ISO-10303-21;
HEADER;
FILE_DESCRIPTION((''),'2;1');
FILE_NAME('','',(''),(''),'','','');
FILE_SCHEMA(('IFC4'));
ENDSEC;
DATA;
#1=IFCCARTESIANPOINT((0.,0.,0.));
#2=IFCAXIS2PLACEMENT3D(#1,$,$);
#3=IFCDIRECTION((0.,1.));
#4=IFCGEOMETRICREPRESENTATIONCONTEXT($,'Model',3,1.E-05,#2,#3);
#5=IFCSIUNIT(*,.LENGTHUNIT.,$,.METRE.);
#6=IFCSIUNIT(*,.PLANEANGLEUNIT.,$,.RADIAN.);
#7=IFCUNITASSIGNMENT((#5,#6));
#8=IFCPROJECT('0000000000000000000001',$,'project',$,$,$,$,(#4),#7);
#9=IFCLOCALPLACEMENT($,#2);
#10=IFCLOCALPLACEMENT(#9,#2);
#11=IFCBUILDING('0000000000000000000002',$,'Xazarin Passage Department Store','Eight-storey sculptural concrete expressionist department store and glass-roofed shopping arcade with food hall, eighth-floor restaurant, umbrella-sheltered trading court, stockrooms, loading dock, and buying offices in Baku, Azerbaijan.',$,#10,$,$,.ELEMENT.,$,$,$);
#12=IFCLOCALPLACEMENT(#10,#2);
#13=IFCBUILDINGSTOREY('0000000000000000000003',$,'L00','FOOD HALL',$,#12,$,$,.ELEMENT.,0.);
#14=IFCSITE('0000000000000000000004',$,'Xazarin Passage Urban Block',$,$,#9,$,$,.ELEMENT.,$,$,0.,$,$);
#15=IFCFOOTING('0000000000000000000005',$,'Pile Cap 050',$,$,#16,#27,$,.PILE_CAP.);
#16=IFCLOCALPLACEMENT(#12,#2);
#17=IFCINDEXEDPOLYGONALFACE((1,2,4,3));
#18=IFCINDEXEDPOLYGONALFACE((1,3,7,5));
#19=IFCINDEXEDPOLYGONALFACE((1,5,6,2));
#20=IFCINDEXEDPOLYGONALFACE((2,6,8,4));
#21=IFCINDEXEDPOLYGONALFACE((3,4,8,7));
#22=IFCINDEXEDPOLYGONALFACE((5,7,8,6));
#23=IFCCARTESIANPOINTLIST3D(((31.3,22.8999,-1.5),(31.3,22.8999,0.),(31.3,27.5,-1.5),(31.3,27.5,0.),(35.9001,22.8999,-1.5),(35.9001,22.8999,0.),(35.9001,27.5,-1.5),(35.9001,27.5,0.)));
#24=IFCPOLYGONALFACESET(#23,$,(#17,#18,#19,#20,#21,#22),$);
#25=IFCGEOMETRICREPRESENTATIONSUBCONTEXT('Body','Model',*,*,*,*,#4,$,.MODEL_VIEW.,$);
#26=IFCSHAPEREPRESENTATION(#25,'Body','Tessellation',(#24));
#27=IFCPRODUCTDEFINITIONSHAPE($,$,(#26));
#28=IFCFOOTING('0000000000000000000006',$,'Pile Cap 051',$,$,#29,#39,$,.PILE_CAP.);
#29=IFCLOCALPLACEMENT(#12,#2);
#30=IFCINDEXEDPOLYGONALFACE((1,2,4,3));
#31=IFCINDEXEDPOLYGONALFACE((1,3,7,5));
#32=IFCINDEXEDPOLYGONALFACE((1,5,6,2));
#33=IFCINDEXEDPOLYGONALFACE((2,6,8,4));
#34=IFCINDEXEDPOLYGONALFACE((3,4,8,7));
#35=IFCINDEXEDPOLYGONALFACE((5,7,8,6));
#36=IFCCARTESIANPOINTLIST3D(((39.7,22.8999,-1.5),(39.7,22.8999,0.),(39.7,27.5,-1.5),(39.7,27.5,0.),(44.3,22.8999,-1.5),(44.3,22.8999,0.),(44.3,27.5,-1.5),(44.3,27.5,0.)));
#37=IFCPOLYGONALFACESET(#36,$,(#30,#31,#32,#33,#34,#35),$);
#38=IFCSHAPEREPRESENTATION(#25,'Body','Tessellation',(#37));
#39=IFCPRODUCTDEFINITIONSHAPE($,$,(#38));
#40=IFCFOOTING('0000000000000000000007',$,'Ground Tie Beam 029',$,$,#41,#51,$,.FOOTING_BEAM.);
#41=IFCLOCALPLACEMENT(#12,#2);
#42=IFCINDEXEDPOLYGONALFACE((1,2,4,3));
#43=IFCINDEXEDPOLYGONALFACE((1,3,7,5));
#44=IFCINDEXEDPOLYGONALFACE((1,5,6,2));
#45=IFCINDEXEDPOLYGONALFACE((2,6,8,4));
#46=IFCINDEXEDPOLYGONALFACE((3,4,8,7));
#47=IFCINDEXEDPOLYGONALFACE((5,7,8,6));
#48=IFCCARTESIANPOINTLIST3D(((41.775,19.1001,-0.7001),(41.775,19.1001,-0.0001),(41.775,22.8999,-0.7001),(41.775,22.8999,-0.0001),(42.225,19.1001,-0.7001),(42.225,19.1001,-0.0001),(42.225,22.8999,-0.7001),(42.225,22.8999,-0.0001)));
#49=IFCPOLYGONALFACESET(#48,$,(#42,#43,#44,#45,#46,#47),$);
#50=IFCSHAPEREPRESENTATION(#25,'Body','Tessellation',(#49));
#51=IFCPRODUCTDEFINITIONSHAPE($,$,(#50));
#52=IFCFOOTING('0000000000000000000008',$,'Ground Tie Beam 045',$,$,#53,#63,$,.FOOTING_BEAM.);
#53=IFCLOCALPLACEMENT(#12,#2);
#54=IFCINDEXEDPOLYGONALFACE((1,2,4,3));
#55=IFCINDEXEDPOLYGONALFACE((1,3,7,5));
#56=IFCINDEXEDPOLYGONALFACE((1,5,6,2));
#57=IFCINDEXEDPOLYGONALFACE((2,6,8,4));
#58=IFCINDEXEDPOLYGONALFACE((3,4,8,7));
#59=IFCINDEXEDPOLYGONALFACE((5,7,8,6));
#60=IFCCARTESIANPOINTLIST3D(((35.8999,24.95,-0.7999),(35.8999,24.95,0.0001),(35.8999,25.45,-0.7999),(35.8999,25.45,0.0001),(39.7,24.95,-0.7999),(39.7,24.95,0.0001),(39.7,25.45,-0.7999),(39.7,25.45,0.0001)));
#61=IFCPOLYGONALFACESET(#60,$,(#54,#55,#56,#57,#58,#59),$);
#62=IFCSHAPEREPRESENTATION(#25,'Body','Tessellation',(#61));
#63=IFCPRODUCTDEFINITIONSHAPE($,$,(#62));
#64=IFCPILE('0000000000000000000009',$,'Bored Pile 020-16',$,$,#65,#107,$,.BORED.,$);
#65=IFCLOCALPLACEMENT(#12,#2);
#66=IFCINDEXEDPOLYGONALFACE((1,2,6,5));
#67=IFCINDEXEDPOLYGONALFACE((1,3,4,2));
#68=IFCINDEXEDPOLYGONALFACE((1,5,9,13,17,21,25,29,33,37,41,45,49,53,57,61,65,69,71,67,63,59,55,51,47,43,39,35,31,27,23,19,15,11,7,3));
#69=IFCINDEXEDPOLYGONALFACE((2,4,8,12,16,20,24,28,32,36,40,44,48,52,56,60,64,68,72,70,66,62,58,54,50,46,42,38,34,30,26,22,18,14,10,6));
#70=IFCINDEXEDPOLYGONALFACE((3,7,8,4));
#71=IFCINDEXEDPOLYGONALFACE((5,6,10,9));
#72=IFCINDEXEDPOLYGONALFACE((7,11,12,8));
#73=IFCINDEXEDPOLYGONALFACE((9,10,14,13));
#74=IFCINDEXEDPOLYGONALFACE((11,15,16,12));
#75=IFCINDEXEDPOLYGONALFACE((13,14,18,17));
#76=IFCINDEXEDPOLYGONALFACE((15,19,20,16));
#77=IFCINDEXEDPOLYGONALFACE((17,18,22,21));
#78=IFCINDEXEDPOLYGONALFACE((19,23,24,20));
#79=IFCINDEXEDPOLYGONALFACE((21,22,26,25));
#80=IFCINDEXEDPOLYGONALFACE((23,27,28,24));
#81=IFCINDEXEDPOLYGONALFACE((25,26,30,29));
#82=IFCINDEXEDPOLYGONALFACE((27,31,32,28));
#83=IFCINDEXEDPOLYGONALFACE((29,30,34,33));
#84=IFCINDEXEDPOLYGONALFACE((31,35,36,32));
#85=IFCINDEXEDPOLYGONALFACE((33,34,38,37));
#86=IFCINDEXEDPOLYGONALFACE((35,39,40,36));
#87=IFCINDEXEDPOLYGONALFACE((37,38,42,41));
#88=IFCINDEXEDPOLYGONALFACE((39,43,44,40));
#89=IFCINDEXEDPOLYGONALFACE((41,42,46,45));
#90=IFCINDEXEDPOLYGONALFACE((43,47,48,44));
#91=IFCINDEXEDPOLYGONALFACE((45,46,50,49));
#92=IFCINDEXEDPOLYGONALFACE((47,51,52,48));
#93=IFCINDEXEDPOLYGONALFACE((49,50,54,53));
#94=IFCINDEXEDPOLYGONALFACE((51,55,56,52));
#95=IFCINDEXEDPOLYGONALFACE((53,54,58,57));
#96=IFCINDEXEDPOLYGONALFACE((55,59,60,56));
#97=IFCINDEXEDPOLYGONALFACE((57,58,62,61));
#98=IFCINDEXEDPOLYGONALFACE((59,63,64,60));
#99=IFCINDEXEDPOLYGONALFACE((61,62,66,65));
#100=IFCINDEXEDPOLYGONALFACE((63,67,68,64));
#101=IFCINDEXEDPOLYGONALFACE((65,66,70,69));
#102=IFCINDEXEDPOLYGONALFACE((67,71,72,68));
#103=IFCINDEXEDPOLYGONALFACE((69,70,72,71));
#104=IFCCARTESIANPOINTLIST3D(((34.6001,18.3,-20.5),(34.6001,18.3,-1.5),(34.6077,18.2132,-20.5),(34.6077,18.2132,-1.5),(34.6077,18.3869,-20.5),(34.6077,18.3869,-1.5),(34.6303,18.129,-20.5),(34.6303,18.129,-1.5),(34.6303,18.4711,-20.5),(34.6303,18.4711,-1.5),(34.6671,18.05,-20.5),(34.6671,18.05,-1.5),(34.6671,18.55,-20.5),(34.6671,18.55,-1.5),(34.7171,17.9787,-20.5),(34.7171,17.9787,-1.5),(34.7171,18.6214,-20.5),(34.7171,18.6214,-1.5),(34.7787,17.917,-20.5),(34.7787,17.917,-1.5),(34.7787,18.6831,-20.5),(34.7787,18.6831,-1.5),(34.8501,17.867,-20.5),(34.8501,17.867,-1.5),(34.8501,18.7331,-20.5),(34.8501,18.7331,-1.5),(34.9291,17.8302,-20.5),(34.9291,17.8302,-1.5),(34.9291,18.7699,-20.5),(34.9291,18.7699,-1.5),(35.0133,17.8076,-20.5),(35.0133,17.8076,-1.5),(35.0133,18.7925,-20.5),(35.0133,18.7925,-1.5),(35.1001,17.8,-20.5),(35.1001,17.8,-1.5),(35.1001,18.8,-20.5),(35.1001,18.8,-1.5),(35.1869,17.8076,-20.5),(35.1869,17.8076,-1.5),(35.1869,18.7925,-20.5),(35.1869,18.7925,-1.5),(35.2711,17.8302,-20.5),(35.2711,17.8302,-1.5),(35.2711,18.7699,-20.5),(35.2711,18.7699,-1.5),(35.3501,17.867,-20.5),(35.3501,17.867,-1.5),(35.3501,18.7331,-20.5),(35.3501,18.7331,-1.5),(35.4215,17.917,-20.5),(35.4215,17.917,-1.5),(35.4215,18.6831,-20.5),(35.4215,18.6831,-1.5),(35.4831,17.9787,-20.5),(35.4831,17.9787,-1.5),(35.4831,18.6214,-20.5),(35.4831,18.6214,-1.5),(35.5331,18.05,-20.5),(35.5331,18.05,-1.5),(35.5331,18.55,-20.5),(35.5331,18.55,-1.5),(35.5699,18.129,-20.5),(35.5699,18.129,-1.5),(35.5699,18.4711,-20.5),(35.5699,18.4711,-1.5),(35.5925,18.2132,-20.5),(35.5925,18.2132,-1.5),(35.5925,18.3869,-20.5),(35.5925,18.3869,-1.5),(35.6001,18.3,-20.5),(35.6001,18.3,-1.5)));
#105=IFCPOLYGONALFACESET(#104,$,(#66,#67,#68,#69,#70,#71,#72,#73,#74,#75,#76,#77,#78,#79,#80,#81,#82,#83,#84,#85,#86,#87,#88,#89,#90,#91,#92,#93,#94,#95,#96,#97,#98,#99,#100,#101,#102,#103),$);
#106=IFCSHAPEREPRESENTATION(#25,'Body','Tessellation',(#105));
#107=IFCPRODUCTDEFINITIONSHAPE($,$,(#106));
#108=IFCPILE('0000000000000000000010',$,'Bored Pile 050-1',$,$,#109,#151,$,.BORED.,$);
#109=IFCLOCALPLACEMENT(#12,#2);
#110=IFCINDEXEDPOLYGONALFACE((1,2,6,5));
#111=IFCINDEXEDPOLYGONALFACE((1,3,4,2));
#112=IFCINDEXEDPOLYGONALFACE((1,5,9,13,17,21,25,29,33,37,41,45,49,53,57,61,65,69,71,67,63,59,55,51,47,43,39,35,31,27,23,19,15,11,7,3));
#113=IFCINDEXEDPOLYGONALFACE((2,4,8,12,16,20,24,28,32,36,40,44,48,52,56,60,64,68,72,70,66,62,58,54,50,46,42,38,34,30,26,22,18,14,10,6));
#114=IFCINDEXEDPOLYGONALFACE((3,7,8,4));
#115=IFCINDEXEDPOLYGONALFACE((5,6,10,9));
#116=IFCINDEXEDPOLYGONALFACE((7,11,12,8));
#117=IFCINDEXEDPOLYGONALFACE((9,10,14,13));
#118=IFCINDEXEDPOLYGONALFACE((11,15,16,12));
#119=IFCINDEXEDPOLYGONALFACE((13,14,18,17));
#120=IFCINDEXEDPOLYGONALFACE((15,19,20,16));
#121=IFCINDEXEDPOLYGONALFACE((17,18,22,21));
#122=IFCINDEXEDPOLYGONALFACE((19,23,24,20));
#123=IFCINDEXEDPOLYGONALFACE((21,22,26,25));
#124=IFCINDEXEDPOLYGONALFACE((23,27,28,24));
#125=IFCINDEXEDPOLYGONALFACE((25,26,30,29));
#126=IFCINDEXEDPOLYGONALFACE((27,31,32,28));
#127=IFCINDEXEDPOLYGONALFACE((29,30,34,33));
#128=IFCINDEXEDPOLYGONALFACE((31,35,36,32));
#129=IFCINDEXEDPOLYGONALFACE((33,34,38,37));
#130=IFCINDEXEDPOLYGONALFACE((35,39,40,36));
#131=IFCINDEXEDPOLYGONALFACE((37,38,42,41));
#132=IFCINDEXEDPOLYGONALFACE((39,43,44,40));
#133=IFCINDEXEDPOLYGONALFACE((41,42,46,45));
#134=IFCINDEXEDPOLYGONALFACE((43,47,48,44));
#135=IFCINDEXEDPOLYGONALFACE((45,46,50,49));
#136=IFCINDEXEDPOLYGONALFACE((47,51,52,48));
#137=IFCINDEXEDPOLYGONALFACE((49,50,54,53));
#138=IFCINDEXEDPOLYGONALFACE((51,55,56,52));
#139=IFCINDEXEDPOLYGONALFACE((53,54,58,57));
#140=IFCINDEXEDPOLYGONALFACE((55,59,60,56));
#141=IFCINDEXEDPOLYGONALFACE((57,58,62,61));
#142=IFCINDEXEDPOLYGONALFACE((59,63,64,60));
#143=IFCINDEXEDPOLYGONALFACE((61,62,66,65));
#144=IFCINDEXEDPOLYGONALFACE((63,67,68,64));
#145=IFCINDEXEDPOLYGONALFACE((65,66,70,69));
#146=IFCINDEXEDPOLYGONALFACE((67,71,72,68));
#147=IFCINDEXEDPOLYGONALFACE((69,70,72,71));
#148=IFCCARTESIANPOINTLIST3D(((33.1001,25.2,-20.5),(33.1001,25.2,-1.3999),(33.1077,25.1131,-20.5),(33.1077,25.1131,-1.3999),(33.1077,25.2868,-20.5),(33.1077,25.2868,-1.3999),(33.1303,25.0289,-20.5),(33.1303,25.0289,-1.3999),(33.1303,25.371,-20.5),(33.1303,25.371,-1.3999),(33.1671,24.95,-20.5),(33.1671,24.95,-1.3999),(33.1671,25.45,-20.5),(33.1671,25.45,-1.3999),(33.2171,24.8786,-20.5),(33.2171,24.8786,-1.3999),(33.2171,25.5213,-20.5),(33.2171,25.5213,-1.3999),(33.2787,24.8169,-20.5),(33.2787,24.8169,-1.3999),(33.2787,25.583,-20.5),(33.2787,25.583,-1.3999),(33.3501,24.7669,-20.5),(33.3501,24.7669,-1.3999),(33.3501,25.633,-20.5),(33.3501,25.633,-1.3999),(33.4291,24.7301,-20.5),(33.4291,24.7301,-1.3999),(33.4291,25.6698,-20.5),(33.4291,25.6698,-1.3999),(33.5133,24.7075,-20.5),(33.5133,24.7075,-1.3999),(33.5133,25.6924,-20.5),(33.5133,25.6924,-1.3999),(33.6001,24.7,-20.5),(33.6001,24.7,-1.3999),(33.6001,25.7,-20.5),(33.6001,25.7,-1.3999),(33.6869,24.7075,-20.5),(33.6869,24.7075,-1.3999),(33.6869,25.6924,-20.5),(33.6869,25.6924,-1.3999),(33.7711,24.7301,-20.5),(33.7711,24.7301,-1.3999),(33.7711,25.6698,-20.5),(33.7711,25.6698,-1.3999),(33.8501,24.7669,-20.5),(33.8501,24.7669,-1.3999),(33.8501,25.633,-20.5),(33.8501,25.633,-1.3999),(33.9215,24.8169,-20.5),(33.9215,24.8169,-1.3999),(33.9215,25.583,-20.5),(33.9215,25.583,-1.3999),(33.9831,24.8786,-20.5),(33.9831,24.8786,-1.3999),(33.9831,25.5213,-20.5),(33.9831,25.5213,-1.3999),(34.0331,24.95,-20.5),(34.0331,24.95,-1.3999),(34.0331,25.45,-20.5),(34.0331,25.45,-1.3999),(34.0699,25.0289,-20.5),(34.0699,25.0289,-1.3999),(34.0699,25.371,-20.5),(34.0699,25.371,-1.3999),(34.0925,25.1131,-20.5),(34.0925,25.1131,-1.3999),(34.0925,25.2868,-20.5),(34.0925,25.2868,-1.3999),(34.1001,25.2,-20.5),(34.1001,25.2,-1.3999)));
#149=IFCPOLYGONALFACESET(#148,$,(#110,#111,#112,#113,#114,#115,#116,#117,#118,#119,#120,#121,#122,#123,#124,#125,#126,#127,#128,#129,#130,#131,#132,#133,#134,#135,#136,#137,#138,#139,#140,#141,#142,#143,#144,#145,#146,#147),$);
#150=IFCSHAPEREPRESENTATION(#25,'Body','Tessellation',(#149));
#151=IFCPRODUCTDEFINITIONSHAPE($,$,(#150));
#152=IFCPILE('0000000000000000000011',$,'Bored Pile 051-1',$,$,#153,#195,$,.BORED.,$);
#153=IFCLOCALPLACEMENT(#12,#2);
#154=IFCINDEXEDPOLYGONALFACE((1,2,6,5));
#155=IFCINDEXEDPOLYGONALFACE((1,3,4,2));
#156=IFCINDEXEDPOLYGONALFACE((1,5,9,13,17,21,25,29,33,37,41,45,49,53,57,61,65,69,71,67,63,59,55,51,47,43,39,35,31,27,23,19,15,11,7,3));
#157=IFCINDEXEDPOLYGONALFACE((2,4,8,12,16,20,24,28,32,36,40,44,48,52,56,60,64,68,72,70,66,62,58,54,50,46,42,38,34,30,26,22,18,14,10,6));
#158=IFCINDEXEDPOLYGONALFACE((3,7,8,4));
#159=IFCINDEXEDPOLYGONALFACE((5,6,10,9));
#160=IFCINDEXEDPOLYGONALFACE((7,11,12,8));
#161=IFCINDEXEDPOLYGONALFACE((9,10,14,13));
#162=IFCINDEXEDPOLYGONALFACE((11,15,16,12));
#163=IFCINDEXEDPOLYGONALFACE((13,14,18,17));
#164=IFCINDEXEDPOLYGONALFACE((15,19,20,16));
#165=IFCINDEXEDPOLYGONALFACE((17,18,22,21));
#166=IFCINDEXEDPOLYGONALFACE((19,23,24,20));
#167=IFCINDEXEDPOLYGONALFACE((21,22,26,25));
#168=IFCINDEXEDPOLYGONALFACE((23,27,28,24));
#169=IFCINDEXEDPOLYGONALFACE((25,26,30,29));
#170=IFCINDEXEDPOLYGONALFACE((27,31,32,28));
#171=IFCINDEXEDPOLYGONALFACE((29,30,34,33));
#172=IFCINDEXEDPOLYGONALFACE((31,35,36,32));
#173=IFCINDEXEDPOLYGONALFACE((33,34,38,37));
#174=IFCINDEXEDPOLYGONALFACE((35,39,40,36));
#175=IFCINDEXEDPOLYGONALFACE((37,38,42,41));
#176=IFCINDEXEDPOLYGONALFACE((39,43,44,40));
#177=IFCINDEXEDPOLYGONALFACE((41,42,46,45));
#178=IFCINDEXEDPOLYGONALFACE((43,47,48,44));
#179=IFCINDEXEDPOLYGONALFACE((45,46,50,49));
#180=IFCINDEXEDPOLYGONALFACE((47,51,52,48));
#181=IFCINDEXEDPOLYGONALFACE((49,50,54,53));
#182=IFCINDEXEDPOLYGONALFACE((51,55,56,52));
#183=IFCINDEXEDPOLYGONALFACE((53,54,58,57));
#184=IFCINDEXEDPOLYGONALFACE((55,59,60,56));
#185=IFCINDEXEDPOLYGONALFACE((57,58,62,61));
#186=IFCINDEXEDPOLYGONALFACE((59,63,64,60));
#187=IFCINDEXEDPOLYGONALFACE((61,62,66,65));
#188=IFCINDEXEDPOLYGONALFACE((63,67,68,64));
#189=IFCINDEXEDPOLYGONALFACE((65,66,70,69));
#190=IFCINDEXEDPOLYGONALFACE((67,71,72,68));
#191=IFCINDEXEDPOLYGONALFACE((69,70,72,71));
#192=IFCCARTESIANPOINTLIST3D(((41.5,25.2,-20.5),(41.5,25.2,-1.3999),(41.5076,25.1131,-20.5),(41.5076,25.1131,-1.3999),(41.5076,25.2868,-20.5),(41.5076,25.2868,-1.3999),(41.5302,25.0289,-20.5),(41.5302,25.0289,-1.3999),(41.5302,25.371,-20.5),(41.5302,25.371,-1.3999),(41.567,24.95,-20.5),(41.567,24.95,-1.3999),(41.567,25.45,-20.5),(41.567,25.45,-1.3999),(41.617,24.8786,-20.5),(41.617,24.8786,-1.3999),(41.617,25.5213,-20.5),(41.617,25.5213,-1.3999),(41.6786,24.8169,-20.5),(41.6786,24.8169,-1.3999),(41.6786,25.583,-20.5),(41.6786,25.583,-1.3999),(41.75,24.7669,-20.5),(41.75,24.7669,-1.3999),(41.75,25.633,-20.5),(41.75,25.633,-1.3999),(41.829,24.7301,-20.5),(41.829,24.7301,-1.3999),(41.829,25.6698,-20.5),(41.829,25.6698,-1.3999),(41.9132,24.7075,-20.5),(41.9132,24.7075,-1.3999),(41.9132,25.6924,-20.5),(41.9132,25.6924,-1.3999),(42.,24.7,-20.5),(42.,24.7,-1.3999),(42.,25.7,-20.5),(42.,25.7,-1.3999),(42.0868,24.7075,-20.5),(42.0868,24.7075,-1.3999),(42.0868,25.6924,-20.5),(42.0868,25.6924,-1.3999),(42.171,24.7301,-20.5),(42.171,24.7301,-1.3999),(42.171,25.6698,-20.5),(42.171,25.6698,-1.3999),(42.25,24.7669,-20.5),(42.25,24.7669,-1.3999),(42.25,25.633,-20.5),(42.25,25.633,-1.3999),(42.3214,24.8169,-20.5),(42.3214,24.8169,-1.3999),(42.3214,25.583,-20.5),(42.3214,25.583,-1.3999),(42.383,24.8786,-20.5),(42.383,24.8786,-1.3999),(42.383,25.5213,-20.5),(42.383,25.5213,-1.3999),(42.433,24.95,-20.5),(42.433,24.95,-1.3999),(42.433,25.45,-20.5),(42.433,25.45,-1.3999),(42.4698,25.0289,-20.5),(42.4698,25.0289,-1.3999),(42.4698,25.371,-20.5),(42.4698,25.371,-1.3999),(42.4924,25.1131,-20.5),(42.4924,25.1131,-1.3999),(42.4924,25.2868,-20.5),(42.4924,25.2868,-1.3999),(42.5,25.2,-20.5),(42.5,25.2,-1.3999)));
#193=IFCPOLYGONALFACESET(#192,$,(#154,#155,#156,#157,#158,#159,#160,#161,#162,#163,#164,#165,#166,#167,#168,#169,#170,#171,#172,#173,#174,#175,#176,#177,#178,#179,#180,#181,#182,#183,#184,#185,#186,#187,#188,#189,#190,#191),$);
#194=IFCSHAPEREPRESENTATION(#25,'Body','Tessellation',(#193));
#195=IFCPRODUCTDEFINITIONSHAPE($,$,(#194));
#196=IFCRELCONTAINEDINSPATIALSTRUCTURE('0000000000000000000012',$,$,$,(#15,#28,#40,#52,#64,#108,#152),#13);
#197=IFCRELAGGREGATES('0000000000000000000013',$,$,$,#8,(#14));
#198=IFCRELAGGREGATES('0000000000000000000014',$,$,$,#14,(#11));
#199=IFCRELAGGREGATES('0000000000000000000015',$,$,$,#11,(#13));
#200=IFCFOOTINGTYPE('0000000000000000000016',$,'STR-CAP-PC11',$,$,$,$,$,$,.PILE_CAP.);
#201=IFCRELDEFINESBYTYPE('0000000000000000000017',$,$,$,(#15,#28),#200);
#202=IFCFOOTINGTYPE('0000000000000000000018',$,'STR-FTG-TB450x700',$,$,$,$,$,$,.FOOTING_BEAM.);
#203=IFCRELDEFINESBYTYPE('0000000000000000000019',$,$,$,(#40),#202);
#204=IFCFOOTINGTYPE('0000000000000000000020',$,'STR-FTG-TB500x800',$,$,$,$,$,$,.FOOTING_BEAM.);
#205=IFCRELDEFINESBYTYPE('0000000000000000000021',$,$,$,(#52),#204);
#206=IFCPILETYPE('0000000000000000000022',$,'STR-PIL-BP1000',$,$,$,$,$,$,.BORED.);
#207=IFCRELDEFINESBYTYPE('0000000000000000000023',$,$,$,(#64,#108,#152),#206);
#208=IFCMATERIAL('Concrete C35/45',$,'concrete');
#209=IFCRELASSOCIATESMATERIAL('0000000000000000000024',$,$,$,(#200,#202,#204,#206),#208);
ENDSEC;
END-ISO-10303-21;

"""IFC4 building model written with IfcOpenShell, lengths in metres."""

from ifc_helpers import new_model, si_unit, direction, frame, origin, origin_2d, place, context, subcontext, project, spatial, rectangle, circle, extrude, material, material_profile, profile_set, type_object, element, save


model = new_model("IFC4")

# Units and contexts
model_context = context("Model", 3, precision=1e-05, world=origin(), true_north=direction((0.0, 1.0)))
body_context = subcontext(model_context, "Body", "Model", "MODEL_VIEW")
ifc_project = project(units=[si_unit("LENGTHUNIT", "METRE"), si_unit("PLANEANGLEUNIT", "RADIAN")], contexts=[model_context])

# Site, building, storey
site_placement = place(None, origin())
site = spatial("IfcSite", under=ifc_project, at=site_placement, Name="Xazarin Passage Urban Block", CompositionType="ELEMENT", RefElevation=0.0)
building_placement = place(site_placement, origin())
building = spatial("IfcBuilding", under=site, at=building_placement, Name="Xazarin Passage Department Store", Description="Eight-storey sculptural concrete expressionist department store and glass-roofed shopping arcade with food hall, eighth-floor restaurant, umbrella-sheltered trading court, stockrooms, loading dock, and buying offices in Baku, Azerbaijan.", CompositionType="ELEMENT")
storey_placement = place(building_placement, origin())
storey = spatial("IfcBuildingStorey", under=building, at=storey_placement, Name="L00", Description="FOOD HALL", CompositionType="ELEMENT", Elevation=0.0)

# Footings
ifc_material_1 = material(Name="Concrete C35/45", Category="concrete")
footing_type_1 = type_object("IfcFootingType", Name="STR-CAP-PC11", PredefinedType="PILE_CAP", material=ifc_material_1)
for number, where, z_axis, x_axis, name in (
    (1, (33.6001, 25.2, -1.5), (0.0, 0.0, 1.0), (1.0, 0.0, 0.0), "Pile Cap 050"),
    (2, (42.0, 25.2, -1.5), (0.0, 0.0, 1.0), (1.0, 0.0, 0.0), "Pile Cap 051"),
):
    element("IfcFooting", number, at=place(storey_placement, frame(where, z_axis=z_axis, x_axis=x_axis)), inside=storey, type_object=footing_type_1, Name=name, PredefinedType="PILE_CAP", context=body_context, shape_type="SweptSolid", body=[
        extrude(rectangle(XDim=4.6001, YDim=4.6001, at=origin_2d()), origin(), (0.0, 0.0, 1.0), 1.5),
    ])
ifc_material_profile_1 = material_profile(ifc_material_1, rectangle(XDim=0.45, YDim=0.7, at=origin_2d()), Name="RC 450x700")
ifc_profile_set_1 = profile_set([ifc_material_profile_1], Name="Concrete C35/45")
footing_type_2 = type_object("IfcFootingType", Name="STR-FTG-TB450x700", PredefinedType="FOOTING_BEAM", material=ifc_profile_set_1)
footing_1_placement = place(storey_placement, frame((42.0, 19.1001, -0.3501), z_axis=(0.0, 1.0, 0.0), x_axis=(-1.0, 0.0, 0.0)))
element("IfcFooting", 3, at=footing_1_placement, inside=storey, type_object=footing_type_2, Name="Ground Tie Beam 029", PredefinedType="FOOTING_BEAM", context=body_context, shape_type="SweptSolid", body=[
    extrude(rectangle(XDim=0.45, YDim=0.7, at=origin_2d()), origin(), (0.0, 0.0, 1.0), 3.7998),
])
ifc_material_profile_2 = material_profile(ifc_material_1, rectangle(XDim=0.5, YDim=0.8, at=origin_2d()), Name="RC 500x800")
ifc_profile_set_2 = profile_set([ifc_material_profile_2], Name="Concrete C35/45")
footing_type_3 = type_object("IfcFootingType", Name="STR-FTG-TB500x800", PredefinedType="FOOTING_BEAM", material=ifc_profile_set_2)
footing_2_placement = place(storey_placement, frame((35.8999, 25.2, -0.3999), z_axis=(1.0, 0.0, 0.0), x_axis=(0.0, 1.0, 0.0)))
element("IfcFooting", 4, at=footing_2_placement, inside=storey, type_object=footing_type_3, Name="Ground Tie Beam 045", PredefinedType="FOOTING_BEAM", context=body_context, shape_type="SweptSolid", body=[
    extrude(rectangle(XDim=0.5, YDim=0.8, at=origin_2d()), origin(), (0.0, 0.0, 1.0), 3.8),
])

# Piles
ifc_material_profile_3 = material_profile(ifc_material_1, circle(Radius=0.5, at=origin_2d()), Name="BP 1000")
ifc_profile_set_3 = profile_set([ifc_material_profile_3], Name="Concrete C35/45")
pile_type_1 = type_object("IfcPileType", Name="STR-PIL-BP1000", PredefinedType="BORED", material=ifc_profile_set_3)
pile_placement = place(storey_placement, frame((35.1001, 18.3, -1.5), z_axis=(0.0, 0.0, -1.0), x_axis=(1.0, 0.0, 0.0)))
element("IfcPile", 5, at=pile_placement, inside=storey, type_object=pile_type_1, Name="Bored Pile 020-16", PredefinedType="BORED", context=body_context, shape_type="SweptSolid", body=[
    extrude(circle(Radius=0.5, at=origin_2d()), origin(), (0.0, 0.0, 1.0), 19.0),
])
for number, where, z_axis, x_axis, name in (
    (6, (33.6001, 25.2, -1.3999), (0.0, 0.0, -1.0), (1.0, 0.0, 0.0), "Bored Pile 050-1"),
    (7, (42.0, 25.2, -1.3999), (0.0, 0.0, -1.0), (1.0, 0.0, 0.0), "Bored Pile 051-1"),
):
    element("IfcPile", number, at=place(storey_placement, frame(where, z_axis=z_axis, x_axis=x_axis)), inside=storey, type_object=pile_type_1, Name=name, PredefinedType="BORED", context=body_context, shape_type="SweptSolid", body=[
        extrude(circle(Radius=0.5, at=origin_2d()), origin(), (0.0, 0.0, 1.0), 19.1001),
    ])

save(model, "model.ifc")
